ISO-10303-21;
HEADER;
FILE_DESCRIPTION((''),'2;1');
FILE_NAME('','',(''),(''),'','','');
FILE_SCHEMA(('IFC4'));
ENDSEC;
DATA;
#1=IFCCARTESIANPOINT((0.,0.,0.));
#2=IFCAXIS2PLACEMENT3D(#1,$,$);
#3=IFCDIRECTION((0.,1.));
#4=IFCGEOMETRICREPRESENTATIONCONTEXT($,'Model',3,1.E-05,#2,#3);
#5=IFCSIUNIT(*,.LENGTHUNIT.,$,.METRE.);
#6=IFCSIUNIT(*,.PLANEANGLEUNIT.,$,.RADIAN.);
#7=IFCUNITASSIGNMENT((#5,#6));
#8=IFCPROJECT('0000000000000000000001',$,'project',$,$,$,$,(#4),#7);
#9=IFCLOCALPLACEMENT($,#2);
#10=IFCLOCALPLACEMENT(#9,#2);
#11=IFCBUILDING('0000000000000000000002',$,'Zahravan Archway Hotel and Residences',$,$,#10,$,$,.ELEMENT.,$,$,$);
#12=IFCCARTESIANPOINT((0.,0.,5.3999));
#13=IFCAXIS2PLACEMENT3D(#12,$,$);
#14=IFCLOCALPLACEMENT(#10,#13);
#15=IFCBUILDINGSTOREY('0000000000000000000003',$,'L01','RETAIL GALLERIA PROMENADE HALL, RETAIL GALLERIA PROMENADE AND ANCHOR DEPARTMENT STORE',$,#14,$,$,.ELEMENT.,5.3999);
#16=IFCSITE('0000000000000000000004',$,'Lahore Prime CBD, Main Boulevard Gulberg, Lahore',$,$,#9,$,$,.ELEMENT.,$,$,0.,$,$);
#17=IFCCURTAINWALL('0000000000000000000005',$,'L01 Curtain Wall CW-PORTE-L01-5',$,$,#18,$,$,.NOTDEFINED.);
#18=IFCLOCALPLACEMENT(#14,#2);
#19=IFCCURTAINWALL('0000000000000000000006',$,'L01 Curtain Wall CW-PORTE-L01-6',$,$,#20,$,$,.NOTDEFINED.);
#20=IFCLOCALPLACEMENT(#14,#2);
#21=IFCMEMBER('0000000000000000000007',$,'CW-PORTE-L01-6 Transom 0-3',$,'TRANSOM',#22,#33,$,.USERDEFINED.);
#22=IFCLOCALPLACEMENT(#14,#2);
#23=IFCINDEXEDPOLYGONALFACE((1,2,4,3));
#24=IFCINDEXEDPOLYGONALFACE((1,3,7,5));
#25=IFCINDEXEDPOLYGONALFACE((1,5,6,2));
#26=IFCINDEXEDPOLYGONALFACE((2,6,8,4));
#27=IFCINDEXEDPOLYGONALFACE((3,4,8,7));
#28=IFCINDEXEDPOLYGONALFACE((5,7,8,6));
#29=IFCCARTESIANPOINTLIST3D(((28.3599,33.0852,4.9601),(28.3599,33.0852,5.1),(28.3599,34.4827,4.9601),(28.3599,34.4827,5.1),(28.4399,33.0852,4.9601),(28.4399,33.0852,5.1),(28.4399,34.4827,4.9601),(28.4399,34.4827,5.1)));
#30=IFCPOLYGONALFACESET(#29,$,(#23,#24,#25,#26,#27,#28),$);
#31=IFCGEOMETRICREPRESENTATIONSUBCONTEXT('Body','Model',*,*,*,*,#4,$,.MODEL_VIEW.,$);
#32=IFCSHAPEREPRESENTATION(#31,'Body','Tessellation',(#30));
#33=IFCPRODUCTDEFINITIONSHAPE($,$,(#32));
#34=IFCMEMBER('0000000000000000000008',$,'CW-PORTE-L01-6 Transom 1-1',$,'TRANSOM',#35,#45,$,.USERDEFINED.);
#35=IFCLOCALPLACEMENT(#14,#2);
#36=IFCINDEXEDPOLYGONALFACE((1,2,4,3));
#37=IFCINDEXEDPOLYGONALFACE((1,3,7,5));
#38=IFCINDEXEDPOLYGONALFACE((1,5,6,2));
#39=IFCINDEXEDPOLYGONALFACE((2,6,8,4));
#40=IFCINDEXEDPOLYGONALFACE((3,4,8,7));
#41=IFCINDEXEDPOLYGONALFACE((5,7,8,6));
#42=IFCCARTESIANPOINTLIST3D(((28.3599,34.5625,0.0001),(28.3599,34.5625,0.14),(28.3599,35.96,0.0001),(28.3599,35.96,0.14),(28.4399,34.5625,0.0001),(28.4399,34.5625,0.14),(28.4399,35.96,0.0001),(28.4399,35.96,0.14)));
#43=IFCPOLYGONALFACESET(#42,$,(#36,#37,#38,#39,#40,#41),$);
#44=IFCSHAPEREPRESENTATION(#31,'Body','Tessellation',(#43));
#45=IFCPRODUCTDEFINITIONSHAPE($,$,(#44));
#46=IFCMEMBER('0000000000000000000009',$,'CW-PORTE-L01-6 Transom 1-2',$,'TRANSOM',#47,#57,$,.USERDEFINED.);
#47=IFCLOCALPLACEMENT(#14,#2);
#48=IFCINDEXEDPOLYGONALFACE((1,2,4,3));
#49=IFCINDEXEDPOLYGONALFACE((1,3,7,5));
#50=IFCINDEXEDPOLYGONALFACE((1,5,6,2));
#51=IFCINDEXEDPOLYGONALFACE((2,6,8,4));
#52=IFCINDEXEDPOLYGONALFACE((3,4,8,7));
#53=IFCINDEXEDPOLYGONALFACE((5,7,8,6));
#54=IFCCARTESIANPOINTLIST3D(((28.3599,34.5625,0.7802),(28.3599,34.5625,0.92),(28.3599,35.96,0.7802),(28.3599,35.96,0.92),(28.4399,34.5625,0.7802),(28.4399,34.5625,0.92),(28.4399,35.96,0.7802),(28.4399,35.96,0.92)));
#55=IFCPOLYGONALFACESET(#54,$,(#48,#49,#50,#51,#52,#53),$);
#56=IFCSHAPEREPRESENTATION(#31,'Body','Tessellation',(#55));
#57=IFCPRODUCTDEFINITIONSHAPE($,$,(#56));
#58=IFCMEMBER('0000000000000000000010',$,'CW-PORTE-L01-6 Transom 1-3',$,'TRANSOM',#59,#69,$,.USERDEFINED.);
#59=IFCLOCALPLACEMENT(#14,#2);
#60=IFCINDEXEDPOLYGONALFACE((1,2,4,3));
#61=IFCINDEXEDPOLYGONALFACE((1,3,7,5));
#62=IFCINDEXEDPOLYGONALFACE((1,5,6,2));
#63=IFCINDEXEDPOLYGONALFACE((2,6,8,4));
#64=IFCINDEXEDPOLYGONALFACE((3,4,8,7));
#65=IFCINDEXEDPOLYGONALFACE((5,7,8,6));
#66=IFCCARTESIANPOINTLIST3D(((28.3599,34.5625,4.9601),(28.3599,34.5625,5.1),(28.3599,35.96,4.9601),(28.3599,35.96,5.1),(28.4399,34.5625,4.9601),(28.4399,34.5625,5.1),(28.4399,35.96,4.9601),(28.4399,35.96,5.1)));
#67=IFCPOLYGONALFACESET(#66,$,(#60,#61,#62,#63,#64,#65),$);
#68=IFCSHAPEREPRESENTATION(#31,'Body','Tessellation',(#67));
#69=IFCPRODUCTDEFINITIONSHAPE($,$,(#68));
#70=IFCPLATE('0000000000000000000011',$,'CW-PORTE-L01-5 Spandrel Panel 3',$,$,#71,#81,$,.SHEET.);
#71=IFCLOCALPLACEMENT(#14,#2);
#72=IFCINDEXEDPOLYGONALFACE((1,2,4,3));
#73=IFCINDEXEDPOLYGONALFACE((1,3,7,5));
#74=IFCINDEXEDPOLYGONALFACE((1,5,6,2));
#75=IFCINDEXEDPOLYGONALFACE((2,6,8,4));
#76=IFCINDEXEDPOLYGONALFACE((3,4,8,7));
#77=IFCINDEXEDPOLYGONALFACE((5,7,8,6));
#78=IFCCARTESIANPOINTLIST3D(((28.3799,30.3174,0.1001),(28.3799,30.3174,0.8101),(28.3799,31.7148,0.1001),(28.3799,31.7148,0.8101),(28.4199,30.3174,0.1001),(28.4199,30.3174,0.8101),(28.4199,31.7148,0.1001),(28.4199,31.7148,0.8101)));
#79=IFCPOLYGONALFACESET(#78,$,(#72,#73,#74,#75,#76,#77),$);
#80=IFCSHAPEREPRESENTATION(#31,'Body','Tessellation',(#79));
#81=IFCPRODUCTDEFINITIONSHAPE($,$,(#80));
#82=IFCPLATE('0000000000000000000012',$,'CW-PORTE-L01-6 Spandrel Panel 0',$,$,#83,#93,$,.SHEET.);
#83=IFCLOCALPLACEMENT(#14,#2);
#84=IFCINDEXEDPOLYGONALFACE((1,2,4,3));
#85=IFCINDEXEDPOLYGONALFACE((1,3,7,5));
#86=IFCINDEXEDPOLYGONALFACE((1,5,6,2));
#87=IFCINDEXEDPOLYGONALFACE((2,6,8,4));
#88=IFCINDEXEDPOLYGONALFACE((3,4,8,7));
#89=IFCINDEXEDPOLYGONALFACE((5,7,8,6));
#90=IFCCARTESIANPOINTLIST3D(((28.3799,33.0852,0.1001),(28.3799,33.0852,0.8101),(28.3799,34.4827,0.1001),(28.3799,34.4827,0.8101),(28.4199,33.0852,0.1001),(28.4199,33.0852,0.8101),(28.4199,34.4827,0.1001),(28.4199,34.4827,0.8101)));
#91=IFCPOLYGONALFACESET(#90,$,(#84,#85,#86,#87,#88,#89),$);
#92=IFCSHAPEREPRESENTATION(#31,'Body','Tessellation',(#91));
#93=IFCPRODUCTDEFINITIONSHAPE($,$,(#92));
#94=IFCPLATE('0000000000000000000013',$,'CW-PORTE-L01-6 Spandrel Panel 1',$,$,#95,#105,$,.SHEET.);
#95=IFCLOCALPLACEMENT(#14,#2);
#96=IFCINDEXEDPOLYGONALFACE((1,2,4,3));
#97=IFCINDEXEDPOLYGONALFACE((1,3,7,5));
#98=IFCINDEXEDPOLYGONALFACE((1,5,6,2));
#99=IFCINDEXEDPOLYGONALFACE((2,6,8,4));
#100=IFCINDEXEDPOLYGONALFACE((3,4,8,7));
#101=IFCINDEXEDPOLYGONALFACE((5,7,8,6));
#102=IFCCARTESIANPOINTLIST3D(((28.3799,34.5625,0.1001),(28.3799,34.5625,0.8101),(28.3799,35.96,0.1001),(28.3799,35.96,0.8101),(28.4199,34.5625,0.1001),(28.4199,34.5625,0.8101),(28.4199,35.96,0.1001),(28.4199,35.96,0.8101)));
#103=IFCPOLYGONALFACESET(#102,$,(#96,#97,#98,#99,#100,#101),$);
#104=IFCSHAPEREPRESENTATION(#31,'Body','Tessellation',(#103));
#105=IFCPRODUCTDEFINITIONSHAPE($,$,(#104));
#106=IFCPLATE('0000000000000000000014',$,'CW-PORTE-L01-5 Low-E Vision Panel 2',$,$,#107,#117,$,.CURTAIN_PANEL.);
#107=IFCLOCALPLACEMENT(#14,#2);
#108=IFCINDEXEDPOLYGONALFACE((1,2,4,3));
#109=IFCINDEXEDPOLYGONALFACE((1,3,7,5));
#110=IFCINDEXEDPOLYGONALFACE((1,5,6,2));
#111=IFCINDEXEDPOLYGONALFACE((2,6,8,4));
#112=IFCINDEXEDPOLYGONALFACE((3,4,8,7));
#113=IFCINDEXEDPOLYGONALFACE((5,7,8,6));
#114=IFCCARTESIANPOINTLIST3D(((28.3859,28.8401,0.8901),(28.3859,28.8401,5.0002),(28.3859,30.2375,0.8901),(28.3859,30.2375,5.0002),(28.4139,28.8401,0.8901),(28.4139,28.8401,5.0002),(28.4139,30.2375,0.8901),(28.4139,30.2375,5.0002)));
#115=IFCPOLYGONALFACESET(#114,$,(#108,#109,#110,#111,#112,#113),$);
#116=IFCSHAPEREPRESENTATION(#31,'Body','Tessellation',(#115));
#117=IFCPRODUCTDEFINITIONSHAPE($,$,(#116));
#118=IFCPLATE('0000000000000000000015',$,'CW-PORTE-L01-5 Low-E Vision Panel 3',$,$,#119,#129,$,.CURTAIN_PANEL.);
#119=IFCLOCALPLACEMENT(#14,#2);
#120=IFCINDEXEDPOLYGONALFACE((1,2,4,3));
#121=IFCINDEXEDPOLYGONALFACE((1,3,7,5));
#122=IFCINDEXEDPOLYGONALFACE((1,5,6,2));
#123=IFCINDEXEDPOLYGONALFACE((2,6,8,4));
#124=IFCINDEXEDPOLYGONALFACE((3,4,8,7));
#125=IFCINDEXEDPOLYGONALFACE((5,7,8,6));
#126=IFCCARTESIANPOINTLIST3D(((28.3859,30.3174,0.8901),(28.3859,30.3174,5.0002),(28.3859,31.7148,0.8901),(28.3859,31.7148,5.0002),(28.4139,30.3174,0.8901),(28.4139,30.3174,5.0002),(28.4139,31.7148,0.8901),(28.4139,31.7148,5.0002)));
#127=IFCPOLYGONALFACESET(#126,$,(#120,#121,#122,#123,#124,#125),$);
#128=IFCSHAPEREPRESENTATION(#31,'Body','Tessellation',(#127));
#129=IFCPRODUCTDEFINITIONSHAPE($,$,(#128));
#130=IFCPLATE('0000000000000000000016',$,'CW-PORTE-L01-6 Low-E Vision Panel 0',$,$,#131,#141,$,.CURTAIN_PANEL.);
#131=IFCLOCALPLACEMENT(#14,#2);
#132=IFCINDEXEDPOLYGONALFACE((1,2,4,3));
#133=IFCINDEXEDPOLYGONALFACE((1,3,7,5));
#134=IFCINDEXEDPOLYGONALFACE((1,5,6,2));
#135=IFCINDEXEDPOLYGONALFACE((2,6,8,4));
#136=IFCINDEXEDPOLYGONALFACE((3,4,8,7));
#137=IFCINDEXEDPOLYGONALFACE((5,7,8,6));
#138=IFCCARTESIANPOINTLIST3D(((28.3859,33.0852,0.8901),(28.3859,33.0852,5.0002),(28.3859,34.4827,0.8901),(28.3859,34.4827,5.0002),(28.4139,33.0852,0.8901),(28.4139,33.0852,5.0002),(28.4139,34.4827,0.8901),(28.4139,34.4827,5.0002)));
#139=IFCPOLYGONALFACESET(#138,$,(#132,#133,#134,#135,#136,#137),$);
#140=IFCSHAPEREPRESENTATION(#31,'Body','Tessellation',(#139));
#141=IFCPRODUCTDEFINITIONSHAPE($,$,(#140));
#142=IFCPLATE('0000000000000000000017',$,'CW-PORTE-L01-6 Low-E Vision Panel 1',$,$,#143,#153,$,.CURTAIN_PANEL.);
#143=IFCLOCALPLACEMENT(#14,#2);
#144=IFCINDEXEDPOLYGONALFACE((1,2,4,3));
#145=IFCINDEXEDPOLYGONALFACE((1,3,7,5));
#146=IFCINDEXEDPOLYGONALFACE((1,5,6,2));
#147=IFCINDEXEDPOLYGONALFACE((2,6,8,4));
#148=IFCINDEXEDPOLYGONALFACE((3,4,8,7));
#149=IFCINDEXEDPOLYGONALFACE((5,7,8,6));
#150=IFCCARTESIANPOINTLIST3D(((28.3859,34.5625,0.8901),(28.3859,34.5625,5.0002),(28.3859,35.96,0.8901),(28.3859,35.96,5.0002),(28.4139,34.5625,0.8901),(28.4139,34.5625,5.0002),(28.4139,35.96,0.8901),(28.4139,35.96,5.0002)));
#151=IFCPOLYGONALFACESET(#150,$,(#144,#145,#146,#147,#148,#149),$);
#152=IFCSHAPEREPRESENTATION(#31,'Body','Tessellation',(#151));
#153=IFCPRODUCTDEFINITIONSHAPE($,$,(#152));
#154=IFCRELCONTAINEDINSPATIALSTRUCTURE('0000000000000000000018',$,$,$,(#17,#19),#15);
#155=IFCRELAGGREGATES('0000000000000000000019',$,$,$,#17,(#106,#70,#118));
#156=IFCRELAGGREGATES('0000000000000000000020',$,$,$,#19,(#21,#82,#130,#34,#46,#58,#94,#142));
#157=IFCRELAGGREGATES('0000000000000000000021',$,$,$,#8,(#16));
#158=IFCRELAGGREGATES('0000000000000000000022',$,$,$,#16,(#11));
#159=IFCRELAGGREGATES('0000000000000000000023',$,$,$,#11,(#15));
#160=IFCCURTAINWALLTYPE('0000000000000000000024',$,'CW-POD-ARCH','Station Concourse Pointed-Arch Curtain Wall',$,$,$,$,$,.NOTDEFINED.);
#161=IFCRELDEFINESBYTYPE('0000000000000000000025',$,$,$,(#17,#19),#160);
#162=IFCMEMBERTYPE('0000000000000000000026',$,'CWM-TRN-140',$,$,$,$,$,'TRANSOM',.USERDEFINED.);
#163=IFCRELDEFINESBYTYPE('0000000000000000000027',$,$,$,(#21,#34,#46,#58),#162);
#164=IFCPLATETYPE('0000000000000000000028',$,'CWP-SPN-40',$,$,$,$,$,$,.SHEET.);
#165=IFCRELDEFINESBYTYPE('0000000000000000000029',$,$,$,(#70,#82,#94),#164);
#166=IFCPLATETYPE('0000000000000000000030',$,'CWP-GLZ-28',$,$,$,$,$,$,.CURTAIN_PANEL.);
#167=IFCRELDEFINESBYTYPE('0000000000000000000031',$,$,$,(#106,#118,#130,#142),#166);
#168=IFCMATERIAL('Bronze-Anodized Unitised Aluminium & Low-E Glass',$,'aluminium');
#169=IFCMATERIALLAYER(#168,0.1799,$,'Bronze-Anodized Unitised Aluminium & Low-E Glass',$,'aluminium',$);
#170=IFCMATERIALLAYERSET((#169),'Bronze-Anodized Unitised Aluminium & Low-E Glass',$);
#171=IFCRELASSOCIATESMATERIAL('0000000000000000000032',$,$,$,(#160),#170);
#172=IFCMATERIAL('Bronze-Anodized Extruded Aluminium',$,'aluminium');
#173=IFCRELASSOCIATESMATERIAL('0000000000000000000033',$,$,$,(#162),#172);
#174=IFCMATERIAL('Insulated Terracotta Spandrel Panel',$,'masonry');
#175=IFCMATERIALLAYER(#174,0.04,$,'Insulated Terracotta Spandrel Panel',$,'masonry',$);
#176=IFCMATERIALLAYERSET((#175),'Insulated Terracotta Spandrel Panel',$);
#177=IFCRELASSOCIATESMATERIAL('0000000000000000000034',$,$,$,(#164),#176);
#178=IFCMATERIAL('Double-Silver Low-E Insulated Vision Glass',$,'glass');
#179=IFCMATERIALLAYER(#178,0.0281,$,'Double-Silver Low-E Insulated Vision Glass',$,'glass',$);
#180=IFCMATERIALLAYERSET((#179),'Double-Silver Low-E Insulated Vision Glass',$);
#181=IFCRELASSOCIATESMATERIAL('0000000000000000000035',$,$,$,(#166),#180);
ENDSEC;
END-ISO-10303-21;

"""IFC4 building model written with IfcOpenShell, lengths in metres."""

from ifc_helpers import new_model, si_unit, direction, frame, origin, origin_2d, place, context, subcontext, project, spatial, rectangle, extrude, source, transform, mapped, material, layer, layer_set, material_profile, profile_set, type_object, element, aggregate, save


model = new_model("IFC4")

# Units and contexts
model_context = context("Model", 3, precision=1e-05, world=origin(), true_north=direction((0.0, 1.0)))
body_context = subcontext(model_context, "Body", "Model", "MODEL_VIEW")
ifc_project = project(units=[si_unit("LENGTHUNIT", "METRE"), si_unit("PLANEANGLEUNIT", "RADIAN")], contexts=[model_context])

# Site, building, storey
site_placement = place(None, origin())
site = spatial("IfcSite", under=ifc_project, at=site_placement, Name="Lahore Prime CBD, Main Boulevard Gulberg, Lahore", CompositionType="ELEMENT", RefElevation=0.0)
building_placement = place(site_placement, origin())
building = spatial("IfcBuilding", under=site, at=building_placement, Name="Zahravan Archway Hotel and Residences", CompositionType="ELEMENT")
storey_placement = place(building_placement, frame((0.0, 0.0, 5.3999)))
storey = spatial("IfcBuildingStorey", under=building, at=storey_placement, Name="L01", Description="RETAIL GALLERIA PROMENADE HALL, RETAIL GALLERIA PROMENADE AND ANCHOR DEPARTMENT STORE", CompositionType="ELEMENT", Elevation=5.3999)

# Curtain walls
ifc_material_1 = material(Name="Bronze-Anodized Unitised Aluminium & Low-E Glass", Category="aluminium")
ifc_layer_1 = layer(ifc_material_1, 0.1799, Name="Bronze-Anodized Unitised Aluminium & Low-E Glass", Category="aluminium")
ifc_layer_set_1 = layer_set([ifc_layer_1], Name="Bronze-Anodized Unitised Aluminium & Low-E Glass")
curtain_wall_type = type_object("IfcCurtainWallType", Name="CW-POD-ARCH", Description="Station Concourse Pointed-Arch Curtain Wall", PredefinedType="NOTDEFINED", material=ifc_layer_set_1)
curtain_wall_1_placement = place(storey_placement, origin())
curtain_wall_1 = element("IfcCurtainWall", 1, at=curtain_wall_1_placement, inside=storey, type_object=curtain_wall_type, Name="L01 Curtain Wall CW-PORTE-L01-5", PredefinedType="NOTDEFINED")
ifc_material_2 = material(Name="Bronze-Anodized Extruded Aluminium", Category="aluminium")
curtain_wall_2_placement = place(storey_placement, origin())
curtain_wall_2 = element("IfcCurtainWall", 2, at=curtain_wall_2_placement, inside=storey, type_object=curtain_wall_type, Name="L01 Curtain Wall CW-PORTE-L01-6", PredefinedType="NOTDEFINED")

# Members
ifc_material_profile_1 = material_profile(ifc_material_2, rectangle(XDim=0.0801, YDim=0.1399, at=origin_2d()), Name="TRN 80x140", Category="aluminium")
ifc_profile_set_1 = profile_set([ifc_material_profile_1], Name="Bronze-Anodized Extruded Aluminium")
member_type_1 = type_object("IfcMemberType", Name="CWM-TRN-140", ElementType="TRANSOM", PredefinedType="USERDEFINED", material=ifc_profile_set_1)
shared_shape_1 = source(origin(), body_context, "Body", "SweptSolid", [
    extrude(rectangle(XDim=0.0801, YDim=0.1399, at=origin_2d()), origin(), (0.0, 0.0, 1.0), 1.3975),
])
member_1_placement = place(storey_placement, frame((28.3999, 33.0852, 5.03), z_axis=(0.0, 1.0, 0.0), x_axis=(-1.0, 0.0, 0.0)))
member_1 = element("IfcMember", 3, at=member_1_placement, type_object=member_type_1, Name="CW-PORTE-L01-6 Transom 0-3", ObjectType="TRANSOM", PredefinedType="USERDEFINED", context=body_context, shape_type="MappedRepresentation", body=[
    mapped(shared_shape_1, transform((0.0, 0.0, 0.0), scale=1.0)),
])
member_2_placement = place(storey_placement, frame((28.3999, 34.5625, 0.0701), z_axis=(0.0, 1.0, 0.0), x_axis=(-1.0, 0.0, 0.0)))
member_2 = element("IfcMember", 4, at=member_2_placement, type_object=member_type_1, Name="CW-PORTE-L01-6 Transom 1-1", ObjectType="TRANSOM", PredefinedType="USERDEFINED", context=body_context, shape_type="MappedRepresentation", body=[
    mapped(shared_shape_1, transform((0.0, 0.0, 0.0), scale=1.0)),
])
member_3_placement = place(storey_placement, frame((28.3999, 34.5625, 0.8501), z_axis=(0.0, 1.0, 0.0), x_axis=(-1.0, 0.0, 0.0)))
member_3 = element("IfcMember", 5, at=member_3_placement, type_object=member_type_1, Name="CW-PORTE-L01-6 Transom 1-2", ObjectType="TRANSOM", PredefinedType="USERDEFINED", context=body_context, shape_type="MappedRepresentation", body=[
    mapped(shared_shape_1, transform((0.0, 0.0, 0.0), scale=1.0)),
])
member_4_placement = place(storey_placement, frame((28.3999, 34.5625, 5.03), z_axis=(0.0, 1.0, 0.0), x_axis=(-1.0, 0.0, 0.0)))
member_4 = element("IfcMember", 6, at=member_4_placement, type_object=member_type_1, Name="CW-PORTE-L01-6 Transom 1-3", ObjectType="TRANSOM", PredefinedType="USERDEFINED", context=body_context, shape_type="MappedRepresentation", body=[
    mapped(shared_shape_1, transform((0.0, 0.0, 0.0), scale=1.0)),
])

# Plates
ifc_material_3 = material(Name="Insulated Terracotta Spandrel Panel", Category="masonry")
ifc_layer_2 = layer(ifc_material_3, 0.04, Name="Insulated Terracotta Spandrel Panel", Category="masonry")
ifc_layer_set_2 = layer_set([ifc_layer_2], Name="Insulated Terracotta Spandrel Panel")
plate_type_1 = type_object("IfcPlateType", Name="CWP-SPN-40", PredefinedType="SHEET", material=ifc_layer_set_2)
shared_shape_2 = source(origin(), body_context, "Body", "SweptSolid", [
    extrude(rectangle(XDim=1.3975, YDim=0.04, at=origin_2d()), origin(), (0.0, 0.0, 1.0), 0.71),
])
plate_1_placement = place(storey_placement, frame((28.3999, 31.0161, 0.1001), z_axis=(0.0, 0.0, 1.0), x_axis=(0.0, 1.0, 0.0)))
plate_1 = element("IfcPlate", 7, at=plate_1_placement, type_object=plate_type_1, Name="CW-PORTE-L01-5 Spandrel Panel 3", PredefinedType="SHEET", context=body_context, shape_type="MappedRepresentation", body=[
    mapped(shared_shape_2, transform((0.0, 0.0, 0.0), scale=1.0)),
])
plate_2_placement = place(storey_placement, frame((28.3999, 33.7839, 0.1001), z_axis=(0.0, 0.0, 1.0), x_axis=(0.0, 1.0, 0.0)))
plate_2 = element("IfcPlate", 8, at=plate_2_placement, type_object=plate_type_1, Name="CW-PORTE-L01-6 Spandrel Panel 0", PredefinedType="SHEET", context=body_context, shape_type="MappedRepresentation", body=[
    mapped(shared_shape_2, transform((0.0, 0.0, 0.0), scale=1.0)),
])
plate_3_placement = place(storey_placement, frame((28.3999, 35.2612, 0.1001), z_axis=(0.0, 0.0, 1.0), x_axis=(0.0, 1.0, 0.0)))
plate_3 = element("IfcPlate", 9, at=plate_3_placement, type_object=plate_type_1, Name="CW-PORTE-L01-6 Spandrel Panel 1", PredefinedType="SHEET", context=body_context, shape_type="MappedRepresentation", body=[
    mapped(shared_shape_2, transform((0.0, 0.0, 0.0), scale=1.0)),
])
ifc_material_4 = material(Name="Double-Silver Low-E Insulated Vision Glass", Category="glass")
ifc_layer_3 = layer(ifc_material_4, 0.0281, Name="Double-Silver Low-E Insulated Vision Glass", Category="glass")
ifc_layer_set_3 = layer_set([ifc_layer_3], Name="Double-Silver Low-E Insulated Vision Glass")
plate_type_2 = type_object("IfcPlateType", Name="CWP-GLZ-28", PredefinedType="CURTAIN_PANEL", material=ifc_layer_set_3)
shared_shape_3 = source(origin(), body_context, "Body", "SweptSolid", [
    extrude(rectangle(XDim=1.3975, YDim=0.0281, at=origin_2d()), origin(), (0.0, 0.0, 1.0), 4.1101),
])
plate_4_placement = place(storey_placement, frame((28.3999, 29.5388, 0.8901), z_axis=(0.0, 0.0, 1.0), x_axis=(0.0, 1.0, 0.0)))
plate_4 = element("IfcPlate", 10, at=plate_4_placement, type_object=plate_type_2, Name="CW-PORTE-L01-5 Low-E Vision Panel 2", PredefinedType="CURTAIN_PANEL", context=body_context, shape_type="MappedRepresentation", body=[
    mapped(shared_shape_3, transform((0.0, 0.0, 0.0), scale=1.0)),
])
plate_5_placement = place(storey_placement, frame((28.3999, 31.0161, 0.8901), z_axis=(0.0, 0.0, 1.0), x_axis=(0.0, 1.0, 0.0)))
plate_5 = element("IfcPlate", 11, at=plate_5_placement, type_object=plate_type_2, Name="CW-PORTE-L01-5 Low-E Vision Panel 3", PredefinedType="CURTAIN_PANEL", context=body_context, shape_type="MappedRepresentation", body=[
    mapped(shared_shape_3, transform((0.0, 0.0, 0.0), scale=1.0)),
])
aggregate(curtain_wall_1, [plate_4, plate_1, plate_5])
plate_6_placement = place(storey_placement, frame((28.3999, 33.7839, 0.8901), z_axis=(0.0, 0.0, 1.0), x_axis=(0.0, 1.0, 0.0)))
plate_6 = element("IfcPlate", 12, at=plate_6_placement, type_object=plate_type_2, Name="CW-PORTE-L01-6 Low-E Vision Panel 0", PredefinedType="CURTAIN_PANEL", context=body_context, shape_type="MappedRepresentation", body=[
    mapped(shared_shape_3, transform((0.0, 0.0, 0.0), scale=1.0)),
])
plate_7_placement = place(storey_placement, frame((28.3999, 35.2612, 0.8901), z_axis=(0.0, 0.0, 1.0), x_axis=(0.0, 1.0, 0.0)))
plate_7 = element("IfcPlate", 13, at=plate_7_placement, type_object=plate_type_2, Name="CW-PORTE-L01-6 Low-E Vision Panel 1", PredefinedType="CURTAIN_PANEL", context=body_context, shape_type="MappedRepresentation", body=[
    mapped(shared_shape_3, transform((0.0, 0.0, 0.0), scale=1.0)),
])
aggregate(curtain_wall_2, [member_1, plate_2, plate_6, member_2, member_3, member_4, plate_3, plate_7])

save(model, "model.ifc")
